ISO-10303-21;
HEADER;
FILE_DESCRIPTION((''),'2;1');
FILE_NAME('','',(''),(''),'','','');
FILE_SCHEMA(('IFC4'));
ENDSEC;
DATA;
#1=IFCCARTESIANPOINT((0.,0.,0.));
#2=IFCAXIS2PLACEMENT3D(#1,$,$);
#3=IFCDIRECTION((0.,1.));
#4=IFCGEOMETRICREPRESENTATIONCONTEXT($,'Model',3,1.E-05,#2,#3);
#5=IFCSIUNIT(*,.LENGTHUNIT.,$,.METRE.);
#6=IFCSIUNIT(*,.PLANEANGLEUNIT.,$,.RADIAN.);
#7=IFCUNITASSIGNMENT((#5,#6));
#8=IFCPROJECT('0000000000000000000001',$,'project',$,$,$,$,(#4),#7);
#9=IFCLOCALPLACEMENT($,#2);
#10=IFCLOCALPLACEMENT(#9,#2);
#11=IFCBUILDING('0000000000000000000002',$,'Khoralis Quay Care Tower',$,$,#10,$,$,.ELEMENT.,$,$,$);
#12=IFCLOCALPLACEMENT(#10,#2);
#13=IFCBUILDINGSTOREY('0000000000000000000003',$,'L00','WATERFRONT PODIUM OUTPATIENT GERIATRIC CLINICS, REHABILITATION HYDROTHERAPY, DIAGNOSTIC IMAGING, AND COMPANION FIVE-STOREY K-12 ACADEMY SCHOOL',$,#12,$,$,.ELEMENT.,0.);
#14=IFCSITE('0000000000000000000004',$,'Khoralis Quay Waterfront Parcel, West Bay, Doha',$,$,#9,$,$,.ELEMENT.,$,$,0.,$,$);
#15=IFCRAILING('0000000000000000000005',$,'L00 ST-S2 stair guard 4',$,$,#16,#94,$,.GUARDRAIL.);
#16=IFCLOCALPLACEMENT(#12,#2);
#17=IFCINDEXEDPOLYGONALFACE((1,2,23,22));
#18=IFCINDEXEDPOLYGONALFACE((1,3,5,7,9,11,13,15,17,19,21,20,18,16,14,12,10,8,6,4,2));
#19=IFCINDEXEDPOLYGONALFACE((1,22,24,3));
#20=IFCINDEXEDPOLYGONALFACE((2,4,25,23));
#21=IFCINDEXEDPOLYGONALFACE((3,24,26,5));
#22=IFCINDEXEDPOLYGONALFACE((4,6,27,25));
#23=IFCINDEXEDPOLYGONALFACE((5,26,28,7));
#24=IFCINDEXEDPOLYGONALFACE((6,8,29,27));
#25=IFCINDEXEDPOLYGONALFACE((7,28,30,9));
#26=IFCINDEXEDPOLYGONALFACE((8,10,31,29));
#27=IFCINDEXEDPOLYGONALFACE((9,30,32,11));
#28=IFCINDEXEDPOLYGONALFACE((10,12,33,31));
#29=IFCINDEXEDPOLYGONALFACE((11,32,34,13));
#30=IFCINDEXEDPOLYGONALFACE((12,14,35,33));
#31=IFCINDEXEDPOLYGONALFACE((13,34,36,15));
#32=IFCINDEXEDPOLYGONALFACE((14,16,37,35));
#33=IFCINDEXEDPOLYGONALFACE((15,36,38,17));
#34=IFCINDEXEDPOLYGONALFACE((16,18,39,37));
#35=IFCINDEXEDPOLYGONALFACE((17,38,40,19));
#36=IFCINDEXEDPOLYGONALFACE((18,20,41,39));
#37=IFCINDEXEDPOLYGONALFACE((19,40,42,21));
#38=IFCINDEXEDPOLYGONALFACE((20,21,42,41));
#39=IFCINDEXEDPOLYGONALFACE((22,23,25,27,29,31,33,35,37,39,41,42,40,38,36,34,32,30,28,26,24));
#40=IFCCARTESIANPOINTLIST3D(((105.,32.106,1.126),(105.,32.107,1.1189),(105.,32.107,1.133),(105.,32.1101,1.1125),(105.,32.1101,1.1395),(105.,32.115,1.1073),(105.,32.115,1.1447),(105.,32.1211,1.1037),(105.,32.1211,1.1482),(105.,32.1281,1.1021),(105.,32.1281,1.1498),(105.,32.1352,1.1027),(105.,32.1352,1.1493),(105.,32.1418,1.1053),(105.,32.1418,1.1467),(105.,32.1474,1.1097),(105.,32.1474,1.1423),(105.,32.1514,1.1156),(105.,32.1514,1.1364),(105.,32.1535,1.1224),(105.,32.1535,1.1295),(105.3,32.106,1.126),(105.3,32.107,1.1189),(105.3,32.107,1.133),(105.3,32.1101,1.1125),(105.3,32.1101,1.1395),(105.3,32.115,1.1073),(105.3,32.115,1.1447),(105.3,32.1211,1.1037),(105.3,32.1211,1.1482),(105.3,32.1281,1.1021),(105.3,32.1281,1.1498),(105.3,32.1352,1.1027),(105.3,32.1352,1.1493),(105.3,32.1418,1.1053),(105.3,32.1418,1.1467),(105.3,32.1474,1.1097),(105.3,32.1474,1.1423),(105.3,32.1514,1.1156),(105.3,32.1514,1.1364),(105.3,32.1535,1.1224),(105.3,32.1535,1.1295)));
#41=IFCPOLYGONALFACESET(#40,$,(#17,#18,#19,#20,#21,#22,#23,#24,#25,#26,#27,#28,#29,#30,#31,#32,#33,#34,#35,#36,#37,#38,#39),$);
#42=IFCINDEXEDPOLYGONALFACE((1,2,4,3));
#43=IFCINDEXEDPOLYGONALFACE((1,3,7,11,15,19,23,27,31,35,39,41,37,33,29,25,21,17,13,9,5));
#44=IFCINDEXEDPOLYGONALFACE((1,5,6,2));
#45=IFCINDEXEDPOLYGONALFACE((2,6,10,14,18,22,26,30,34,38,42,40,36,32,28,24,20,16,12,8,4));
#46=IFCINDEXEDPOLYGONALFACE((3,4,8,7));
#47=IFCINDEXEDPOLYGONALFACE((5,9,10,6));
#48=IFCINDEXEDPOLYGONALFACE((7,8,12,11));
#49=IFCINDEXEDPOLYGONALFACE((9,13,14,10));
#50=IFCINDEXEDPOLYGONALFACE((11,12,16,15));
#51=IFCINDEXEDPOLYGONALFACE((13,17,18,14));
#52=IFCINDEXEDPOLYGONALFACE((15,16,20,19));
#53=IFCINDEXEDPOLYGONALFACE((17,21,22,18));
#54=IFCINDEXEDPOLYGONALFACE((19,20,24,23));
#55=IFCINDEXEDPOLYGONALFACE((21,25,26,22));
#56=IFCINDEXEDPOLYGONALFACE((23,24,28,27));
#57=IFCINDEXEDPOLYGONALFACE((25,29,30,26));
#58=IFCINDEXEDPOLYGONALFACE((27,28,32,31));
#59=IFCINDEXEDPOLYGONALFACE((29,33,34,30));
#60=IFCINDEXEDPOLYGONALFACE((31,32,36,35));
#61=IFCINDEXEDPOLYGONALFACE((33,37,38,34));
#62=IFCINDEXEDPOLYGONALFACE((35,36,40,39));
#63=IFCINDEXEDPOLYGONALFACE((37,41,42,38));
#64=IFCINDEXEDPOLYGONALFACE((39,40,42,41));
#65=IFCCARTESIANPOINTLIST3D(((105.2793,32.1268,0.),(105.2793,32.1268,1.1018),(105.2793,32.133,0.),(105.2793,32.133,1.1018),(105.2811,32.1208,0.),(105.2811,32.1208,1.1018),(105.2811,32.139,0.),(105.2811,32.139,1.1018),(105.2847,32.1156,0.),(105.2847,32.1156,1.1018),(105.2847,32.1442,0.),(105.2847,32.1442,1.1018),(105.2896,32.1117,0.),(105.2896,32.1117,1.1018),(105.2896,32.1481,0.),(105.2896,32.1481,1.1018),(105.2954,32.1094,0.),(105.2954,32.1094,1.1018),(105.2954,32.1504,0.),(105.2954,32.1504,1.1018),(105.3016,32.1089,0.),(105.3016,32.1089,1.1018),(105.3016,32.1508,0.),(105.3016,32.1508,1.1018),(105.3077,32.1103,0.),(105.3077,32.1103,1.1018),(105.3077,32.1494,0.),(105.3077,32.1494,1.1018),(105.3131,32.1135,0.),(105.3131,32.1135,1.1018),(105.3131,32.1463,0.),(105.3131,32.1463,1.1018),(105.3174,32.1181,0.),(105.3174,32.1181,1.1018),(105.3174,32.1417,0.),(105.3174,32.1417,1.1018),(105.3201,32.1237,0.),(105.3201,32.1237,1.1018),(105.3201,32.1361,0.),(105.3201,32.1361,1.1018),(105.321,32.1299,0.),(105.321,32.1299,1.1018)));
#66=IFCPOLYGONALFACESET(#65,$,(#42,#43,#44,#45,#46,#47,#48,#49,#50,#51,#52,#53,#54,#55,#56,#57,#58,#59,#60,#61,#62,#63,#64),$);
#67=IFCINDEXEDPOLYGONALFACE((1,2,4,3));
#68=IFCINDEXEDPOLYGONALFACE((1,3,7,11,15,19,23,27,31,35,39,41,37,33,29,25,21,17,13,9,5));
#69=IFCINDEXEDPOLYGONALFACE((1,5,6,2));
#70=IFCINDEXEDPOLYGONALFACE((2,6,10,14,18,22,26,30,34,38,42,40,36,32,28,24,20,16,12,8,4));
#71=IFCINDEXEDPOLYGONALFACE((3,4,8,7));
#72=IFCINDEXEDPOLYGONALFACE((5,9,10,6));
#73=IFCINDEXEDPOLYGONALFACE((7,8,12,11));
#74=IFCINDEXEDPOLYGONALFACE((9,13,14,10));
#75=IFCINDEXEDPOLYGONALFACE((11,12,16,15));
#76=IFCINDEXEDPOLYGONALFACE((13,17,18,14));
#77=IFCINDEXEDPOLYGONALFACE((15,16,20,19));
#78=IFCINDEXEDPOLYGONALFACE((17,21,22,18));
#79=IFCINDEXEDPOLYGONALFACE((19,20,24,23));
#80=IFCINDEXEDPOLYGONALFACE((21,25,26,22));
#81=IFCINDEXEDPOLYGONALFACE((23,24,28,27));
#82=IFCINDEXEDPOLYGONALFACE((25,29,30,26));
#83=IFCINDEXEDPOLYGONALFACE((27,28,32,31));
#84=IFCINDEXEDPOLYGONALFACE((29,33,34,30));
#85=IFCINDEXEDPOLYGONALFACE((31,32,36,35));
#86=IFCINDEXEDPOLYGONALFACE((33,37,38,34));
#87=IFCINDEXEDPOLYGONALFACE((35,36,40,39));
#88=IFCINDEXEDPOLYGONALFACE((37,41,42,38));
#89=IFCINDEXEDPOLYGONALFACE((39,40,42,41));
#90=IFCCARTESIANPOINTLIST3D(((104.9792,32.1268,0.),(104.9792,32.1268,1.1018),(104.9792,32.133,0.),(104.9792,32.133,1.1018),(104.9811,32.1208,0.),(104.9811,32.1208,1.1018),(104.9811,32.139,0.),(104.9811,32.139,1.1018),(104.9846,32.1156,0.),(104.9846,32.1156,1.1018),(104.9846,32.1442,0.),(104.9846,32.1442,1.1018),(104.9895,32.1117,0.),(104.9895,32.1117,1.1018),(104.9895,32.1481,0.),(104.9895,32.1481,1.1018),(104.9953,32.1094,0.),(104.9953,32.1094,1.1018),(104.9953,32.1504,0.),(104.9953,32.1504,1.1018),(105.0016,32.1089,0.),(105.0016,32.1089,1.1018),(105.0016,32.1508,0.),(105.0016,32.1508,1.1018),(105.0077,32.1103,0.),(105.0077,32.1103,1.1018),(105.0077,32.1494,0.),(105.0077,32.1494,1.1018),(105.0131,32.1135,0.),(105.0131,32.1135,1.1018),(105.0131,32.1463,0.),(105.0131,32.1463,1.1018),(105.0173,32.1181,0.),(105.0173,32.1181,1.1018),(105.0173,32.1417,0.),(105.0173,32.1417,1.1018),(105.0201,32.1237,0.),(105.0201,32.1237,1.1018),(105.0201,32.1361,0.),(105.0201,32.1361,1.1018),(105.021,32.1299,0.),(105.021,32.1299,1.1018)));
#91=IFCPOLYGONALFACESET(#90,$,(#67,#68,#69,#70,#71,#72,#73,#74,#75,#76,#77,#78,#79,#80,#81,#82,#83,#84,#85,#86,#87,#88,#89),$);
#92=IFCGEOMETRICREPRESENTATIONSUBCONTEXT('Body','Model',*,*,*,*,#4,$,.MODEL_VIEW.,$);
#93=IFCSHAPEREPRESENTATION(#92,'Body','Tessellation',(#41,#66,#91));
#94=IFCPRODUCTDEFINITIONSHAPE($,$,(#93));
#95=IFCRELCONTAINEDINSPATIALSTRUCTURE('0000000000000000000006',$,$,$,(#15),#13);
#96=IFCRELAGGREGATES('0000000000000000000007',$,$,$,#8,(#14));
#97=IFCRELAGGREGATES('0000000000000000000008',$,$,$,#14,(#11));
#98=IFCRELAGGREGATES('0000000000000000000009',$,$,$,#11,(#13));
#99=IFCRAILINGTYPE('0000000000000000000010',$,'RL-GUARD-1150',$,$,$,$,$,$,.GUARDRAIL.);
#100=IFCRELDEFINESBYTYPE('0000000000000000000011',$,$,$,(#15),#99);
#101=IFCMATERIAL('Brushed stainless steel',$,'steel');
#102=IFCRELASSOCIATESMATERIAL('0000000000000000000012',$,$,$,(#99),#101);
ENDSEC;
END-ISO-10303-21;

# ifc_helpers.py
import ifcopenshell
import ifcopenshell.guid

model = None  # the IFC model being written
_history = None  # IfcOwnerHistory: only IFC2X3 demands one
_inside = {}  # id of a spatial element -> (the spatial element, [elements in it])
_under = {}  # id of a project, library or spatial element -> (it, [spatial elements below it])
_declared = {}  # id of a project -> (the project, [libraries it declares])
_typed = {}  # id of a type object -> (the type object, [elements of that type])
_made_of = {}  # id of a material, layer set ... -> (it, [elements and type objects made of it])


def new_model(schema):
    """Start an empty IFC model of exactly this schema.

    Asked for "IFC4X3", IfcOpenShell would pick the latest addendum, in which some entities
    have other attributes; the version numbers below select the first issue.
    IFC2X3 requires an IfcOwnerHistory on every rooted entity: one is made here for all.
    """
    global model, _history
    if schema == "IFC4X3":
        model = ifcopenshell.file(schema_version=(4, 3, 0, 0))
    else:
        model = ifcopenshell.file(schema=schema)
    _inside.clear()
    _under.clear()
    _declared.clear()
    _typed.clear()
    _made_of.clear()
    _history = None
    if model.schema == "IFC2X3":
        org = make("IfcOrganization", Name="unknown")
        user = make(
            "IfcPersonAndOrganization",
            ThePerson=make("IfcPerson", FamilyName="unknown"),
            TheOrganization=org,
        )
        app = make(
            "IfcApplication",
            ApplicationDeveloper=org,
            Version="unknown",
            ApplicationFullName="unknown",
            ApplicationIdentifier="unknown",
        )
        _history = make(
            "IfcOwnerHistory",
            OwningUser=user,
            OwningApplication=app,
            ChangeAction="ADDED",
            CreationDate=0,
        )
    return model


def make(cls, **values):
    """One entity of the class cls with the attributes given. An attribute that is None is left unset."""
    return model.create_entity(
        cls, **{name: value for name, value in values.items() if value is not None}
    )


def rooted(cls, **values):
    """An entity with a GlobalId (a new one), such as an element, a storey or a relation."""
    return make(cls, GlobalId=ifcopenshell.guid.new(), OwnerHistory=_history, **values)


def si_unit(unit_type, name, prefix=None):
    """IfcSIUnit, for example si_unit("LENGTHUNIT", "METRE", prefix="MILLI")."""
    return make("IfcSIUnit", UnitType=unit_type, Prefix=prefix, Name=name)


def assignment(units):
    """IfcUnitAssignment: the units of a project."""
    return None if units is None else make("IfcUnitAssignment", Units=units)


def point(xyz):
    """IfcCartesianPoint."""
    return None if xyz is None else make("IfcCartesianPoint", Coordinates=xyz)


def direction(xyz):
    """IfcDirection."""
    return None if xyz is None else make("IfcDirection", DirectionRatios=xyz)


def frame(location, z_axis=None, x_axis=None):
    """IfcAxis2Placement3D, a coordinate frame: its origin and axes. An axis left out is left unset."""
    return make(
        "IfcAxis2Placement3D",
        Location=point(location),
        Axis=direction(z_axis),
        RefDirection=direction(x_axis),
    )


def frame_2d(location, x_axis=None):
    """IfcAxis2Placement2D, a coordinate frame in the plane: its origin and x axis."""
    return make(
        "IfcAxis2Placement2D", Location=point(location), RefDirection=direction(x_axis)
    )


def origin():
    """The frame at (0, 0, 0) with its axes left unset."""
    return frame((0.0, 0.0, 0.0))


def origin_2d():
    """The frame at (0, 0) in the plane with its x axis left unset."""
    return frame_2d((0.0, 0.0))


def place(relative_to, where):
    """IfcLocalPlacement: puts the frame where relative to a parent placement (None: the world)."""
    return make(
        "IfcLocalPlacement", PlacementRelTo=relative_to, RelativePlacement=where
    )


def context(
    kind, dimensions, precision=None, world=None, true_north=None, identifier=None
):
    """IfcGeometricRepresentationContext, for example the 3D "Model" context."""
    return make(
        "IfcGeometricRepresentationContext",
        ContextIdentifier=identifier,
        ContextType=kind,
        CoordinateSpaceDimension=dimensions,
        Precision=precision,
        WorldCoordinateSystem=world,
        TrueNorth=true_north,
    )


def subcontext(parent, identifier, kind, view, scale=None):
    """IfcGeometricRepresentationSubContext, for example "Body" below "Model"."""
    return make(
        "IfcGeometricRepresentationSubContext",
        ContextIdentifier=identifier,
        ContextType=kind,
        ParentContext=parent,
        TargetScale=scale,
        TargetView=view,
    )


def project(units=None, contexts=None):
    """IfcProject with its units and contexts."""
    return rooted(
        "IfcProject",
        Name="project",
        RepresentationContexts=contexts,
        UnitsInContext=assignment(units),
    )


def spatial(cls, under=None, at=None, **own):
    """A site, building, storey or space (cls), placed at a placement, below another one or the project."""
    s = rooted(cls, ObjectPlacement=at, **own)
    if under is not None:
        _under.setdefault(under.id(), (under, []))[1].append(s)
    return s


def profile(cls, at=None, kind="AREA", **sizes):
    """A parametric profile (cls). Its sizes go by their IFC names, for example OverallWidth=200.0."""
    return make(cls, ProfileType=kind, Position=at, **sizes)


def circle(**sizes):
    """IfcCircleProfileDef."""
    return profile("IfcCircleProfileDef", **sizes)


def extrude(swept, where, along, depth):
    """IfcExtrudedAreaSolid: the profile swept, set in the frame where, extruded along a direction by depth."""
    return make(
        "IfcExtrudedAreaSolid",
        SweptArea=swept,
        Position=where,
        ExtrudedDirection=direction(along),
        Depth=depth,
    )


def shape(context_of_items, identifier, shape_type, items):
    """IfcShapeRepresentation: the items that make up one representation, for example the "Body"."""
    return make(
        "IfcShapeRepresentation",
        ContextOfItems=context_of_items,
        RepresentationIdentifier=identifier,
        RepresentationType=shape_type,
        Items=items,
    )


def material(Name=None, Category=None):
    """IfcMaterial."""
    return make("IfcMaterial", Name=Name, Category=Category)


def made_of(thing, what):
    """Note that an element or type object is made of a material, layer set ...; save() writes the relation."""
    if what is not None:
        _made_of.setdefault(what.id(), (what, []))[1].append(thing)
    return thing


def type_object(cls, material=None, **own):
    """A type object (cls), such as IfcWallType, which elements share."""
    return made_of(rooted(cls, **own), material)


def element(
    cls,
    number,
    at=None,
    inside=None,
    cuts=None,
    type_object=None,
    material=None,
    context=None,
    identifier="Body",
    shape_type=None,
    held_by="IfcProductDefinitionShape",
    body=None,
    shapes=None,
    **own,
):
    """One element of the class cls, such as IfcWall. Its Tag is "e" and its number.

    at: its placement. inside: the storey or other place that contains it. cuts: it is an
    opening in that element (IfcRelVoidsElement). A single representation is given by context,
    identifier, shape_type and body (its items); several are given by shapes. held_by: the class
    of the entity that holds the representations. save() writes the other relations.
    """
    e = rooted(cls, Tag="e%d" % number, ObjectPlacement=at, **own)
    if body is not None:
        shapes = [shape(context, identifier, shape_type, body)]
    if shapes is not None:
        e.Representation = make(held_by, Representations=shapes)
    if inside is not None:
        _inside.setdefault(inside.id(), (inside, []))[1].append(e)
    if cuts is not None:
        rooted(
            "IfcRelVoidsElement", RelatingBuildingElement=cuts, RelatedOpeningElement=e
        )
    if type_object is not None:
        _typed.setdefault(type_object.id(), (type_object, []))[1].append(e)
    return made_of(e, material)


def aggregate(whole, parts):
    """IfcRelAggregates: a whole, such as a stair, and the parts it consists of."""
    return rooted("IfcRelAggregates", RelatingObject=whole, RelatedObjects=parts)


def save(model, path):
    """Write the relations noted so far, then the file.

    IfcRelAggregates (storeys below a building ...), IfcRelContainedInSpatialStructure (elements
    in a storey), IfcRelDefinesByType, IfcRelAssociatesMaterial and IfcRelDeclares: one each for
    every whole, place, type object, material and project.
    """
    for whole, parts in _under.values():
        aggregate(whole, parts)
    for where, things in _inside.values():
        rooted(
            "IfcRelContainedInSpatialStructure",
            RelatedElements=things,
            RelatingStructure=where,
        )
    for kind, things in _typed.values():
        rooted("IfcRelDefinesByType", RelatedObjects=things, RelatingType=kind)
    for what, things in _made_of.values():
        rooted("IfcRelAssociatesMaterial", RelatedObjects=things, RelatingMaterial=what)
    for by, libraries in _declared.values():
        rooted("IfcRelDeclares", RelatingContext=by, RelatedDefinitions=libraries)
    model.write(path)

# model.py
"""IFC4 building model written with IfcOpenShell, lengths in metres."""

from ifc_helpers import new_model, si_unit, direction, frame, origin, origin_2d, place, context, subcontext, project, spatial, circle, extrude, material, type_object, element, save


model = new_model("IFC4")

# Units and contexts
model_context = context("Model", 3, precision=1e-05, world=origin(), true_north=direction((0.0, 1.0)))
body_context = subcontext(model_context, "Body", "Model", "MODEL_VIEW")
ifc_project = project(units=[si_unit("LENGTHUNIT", "METRE"), si_unit("PLANEANGLEUNIT", "RADIAN")], contexts=[model_context])

# Site, building, storey
site_placement = place(None, origin())
site = spatial("IfcSite", under=ifc_project, at=site_placement, Name="Khoralis Quay Waterfront Parcel, West Bay, Doha", CompositionType="ELEMENT", RefElevation=0.0)
building_placement = place(site_placement, origin())
building = spatial("IfcBuilding", under=site, at=building_placement, Name="Khoralis Quay Care Tower", CompositionType="ELEMENT")
storey_placement = place(building_placement, origin())
storey = spatial("IfcBuildingStorey", under=building, at=storey_placement, Name="L00", Description="WATERFRONT PODIUM OUTPATIENT GERIATRIC CLINICS, REHABILITATION HYDROTHERAPY, DIAGNOSTIC IMAGING, AND COMPANION FIVE-STOREY K-12 ACADEMY SCHOOL", CompositionType="ELEMENT", Elevation=0.0)

# Railing
ifc_material_1 = material(Name="Brushed stainless steel", Category="steel")
railing_type_1 = type_object("IfcRailingType", Name="RL-GUARD-1150", PredefinedType="GUARDRAIL", material=ifc_material_1)
railing_1_placement = place(storey_placement, frame((105.3, 32.1299, 0.0)))
element("IfcRailing", 1, at=railing_1_placement, inside=storey, type_object=railing_type_1, Name="L00 ST-S2 stair guard 4", PredefinedType="GUARDRAIL", context=body_context, shape_type="SweptSolid", body=[
    extrude(circle(Radius=0.0239, at=origin_2d()), frame((0.0, 0.0, 1.126), z_axis=(-1.0, 0.0, 0.0), x_axis=(0.0, -1.0, 0.0)), (0.0, 0.0, 1.0), 0.3),
    extrude(circle(Radius=0.021, at=origin_2d()), origin(), (0.0, 0.0, 1.0), 1.1018),
    extrude(circle(Radius=0.021, at=origin_2d()), frame((-0.3, 0.0, 0.0)), (0.0, 0.0, 1.0), 1.1018),
])

save(model, "model.ifc")
